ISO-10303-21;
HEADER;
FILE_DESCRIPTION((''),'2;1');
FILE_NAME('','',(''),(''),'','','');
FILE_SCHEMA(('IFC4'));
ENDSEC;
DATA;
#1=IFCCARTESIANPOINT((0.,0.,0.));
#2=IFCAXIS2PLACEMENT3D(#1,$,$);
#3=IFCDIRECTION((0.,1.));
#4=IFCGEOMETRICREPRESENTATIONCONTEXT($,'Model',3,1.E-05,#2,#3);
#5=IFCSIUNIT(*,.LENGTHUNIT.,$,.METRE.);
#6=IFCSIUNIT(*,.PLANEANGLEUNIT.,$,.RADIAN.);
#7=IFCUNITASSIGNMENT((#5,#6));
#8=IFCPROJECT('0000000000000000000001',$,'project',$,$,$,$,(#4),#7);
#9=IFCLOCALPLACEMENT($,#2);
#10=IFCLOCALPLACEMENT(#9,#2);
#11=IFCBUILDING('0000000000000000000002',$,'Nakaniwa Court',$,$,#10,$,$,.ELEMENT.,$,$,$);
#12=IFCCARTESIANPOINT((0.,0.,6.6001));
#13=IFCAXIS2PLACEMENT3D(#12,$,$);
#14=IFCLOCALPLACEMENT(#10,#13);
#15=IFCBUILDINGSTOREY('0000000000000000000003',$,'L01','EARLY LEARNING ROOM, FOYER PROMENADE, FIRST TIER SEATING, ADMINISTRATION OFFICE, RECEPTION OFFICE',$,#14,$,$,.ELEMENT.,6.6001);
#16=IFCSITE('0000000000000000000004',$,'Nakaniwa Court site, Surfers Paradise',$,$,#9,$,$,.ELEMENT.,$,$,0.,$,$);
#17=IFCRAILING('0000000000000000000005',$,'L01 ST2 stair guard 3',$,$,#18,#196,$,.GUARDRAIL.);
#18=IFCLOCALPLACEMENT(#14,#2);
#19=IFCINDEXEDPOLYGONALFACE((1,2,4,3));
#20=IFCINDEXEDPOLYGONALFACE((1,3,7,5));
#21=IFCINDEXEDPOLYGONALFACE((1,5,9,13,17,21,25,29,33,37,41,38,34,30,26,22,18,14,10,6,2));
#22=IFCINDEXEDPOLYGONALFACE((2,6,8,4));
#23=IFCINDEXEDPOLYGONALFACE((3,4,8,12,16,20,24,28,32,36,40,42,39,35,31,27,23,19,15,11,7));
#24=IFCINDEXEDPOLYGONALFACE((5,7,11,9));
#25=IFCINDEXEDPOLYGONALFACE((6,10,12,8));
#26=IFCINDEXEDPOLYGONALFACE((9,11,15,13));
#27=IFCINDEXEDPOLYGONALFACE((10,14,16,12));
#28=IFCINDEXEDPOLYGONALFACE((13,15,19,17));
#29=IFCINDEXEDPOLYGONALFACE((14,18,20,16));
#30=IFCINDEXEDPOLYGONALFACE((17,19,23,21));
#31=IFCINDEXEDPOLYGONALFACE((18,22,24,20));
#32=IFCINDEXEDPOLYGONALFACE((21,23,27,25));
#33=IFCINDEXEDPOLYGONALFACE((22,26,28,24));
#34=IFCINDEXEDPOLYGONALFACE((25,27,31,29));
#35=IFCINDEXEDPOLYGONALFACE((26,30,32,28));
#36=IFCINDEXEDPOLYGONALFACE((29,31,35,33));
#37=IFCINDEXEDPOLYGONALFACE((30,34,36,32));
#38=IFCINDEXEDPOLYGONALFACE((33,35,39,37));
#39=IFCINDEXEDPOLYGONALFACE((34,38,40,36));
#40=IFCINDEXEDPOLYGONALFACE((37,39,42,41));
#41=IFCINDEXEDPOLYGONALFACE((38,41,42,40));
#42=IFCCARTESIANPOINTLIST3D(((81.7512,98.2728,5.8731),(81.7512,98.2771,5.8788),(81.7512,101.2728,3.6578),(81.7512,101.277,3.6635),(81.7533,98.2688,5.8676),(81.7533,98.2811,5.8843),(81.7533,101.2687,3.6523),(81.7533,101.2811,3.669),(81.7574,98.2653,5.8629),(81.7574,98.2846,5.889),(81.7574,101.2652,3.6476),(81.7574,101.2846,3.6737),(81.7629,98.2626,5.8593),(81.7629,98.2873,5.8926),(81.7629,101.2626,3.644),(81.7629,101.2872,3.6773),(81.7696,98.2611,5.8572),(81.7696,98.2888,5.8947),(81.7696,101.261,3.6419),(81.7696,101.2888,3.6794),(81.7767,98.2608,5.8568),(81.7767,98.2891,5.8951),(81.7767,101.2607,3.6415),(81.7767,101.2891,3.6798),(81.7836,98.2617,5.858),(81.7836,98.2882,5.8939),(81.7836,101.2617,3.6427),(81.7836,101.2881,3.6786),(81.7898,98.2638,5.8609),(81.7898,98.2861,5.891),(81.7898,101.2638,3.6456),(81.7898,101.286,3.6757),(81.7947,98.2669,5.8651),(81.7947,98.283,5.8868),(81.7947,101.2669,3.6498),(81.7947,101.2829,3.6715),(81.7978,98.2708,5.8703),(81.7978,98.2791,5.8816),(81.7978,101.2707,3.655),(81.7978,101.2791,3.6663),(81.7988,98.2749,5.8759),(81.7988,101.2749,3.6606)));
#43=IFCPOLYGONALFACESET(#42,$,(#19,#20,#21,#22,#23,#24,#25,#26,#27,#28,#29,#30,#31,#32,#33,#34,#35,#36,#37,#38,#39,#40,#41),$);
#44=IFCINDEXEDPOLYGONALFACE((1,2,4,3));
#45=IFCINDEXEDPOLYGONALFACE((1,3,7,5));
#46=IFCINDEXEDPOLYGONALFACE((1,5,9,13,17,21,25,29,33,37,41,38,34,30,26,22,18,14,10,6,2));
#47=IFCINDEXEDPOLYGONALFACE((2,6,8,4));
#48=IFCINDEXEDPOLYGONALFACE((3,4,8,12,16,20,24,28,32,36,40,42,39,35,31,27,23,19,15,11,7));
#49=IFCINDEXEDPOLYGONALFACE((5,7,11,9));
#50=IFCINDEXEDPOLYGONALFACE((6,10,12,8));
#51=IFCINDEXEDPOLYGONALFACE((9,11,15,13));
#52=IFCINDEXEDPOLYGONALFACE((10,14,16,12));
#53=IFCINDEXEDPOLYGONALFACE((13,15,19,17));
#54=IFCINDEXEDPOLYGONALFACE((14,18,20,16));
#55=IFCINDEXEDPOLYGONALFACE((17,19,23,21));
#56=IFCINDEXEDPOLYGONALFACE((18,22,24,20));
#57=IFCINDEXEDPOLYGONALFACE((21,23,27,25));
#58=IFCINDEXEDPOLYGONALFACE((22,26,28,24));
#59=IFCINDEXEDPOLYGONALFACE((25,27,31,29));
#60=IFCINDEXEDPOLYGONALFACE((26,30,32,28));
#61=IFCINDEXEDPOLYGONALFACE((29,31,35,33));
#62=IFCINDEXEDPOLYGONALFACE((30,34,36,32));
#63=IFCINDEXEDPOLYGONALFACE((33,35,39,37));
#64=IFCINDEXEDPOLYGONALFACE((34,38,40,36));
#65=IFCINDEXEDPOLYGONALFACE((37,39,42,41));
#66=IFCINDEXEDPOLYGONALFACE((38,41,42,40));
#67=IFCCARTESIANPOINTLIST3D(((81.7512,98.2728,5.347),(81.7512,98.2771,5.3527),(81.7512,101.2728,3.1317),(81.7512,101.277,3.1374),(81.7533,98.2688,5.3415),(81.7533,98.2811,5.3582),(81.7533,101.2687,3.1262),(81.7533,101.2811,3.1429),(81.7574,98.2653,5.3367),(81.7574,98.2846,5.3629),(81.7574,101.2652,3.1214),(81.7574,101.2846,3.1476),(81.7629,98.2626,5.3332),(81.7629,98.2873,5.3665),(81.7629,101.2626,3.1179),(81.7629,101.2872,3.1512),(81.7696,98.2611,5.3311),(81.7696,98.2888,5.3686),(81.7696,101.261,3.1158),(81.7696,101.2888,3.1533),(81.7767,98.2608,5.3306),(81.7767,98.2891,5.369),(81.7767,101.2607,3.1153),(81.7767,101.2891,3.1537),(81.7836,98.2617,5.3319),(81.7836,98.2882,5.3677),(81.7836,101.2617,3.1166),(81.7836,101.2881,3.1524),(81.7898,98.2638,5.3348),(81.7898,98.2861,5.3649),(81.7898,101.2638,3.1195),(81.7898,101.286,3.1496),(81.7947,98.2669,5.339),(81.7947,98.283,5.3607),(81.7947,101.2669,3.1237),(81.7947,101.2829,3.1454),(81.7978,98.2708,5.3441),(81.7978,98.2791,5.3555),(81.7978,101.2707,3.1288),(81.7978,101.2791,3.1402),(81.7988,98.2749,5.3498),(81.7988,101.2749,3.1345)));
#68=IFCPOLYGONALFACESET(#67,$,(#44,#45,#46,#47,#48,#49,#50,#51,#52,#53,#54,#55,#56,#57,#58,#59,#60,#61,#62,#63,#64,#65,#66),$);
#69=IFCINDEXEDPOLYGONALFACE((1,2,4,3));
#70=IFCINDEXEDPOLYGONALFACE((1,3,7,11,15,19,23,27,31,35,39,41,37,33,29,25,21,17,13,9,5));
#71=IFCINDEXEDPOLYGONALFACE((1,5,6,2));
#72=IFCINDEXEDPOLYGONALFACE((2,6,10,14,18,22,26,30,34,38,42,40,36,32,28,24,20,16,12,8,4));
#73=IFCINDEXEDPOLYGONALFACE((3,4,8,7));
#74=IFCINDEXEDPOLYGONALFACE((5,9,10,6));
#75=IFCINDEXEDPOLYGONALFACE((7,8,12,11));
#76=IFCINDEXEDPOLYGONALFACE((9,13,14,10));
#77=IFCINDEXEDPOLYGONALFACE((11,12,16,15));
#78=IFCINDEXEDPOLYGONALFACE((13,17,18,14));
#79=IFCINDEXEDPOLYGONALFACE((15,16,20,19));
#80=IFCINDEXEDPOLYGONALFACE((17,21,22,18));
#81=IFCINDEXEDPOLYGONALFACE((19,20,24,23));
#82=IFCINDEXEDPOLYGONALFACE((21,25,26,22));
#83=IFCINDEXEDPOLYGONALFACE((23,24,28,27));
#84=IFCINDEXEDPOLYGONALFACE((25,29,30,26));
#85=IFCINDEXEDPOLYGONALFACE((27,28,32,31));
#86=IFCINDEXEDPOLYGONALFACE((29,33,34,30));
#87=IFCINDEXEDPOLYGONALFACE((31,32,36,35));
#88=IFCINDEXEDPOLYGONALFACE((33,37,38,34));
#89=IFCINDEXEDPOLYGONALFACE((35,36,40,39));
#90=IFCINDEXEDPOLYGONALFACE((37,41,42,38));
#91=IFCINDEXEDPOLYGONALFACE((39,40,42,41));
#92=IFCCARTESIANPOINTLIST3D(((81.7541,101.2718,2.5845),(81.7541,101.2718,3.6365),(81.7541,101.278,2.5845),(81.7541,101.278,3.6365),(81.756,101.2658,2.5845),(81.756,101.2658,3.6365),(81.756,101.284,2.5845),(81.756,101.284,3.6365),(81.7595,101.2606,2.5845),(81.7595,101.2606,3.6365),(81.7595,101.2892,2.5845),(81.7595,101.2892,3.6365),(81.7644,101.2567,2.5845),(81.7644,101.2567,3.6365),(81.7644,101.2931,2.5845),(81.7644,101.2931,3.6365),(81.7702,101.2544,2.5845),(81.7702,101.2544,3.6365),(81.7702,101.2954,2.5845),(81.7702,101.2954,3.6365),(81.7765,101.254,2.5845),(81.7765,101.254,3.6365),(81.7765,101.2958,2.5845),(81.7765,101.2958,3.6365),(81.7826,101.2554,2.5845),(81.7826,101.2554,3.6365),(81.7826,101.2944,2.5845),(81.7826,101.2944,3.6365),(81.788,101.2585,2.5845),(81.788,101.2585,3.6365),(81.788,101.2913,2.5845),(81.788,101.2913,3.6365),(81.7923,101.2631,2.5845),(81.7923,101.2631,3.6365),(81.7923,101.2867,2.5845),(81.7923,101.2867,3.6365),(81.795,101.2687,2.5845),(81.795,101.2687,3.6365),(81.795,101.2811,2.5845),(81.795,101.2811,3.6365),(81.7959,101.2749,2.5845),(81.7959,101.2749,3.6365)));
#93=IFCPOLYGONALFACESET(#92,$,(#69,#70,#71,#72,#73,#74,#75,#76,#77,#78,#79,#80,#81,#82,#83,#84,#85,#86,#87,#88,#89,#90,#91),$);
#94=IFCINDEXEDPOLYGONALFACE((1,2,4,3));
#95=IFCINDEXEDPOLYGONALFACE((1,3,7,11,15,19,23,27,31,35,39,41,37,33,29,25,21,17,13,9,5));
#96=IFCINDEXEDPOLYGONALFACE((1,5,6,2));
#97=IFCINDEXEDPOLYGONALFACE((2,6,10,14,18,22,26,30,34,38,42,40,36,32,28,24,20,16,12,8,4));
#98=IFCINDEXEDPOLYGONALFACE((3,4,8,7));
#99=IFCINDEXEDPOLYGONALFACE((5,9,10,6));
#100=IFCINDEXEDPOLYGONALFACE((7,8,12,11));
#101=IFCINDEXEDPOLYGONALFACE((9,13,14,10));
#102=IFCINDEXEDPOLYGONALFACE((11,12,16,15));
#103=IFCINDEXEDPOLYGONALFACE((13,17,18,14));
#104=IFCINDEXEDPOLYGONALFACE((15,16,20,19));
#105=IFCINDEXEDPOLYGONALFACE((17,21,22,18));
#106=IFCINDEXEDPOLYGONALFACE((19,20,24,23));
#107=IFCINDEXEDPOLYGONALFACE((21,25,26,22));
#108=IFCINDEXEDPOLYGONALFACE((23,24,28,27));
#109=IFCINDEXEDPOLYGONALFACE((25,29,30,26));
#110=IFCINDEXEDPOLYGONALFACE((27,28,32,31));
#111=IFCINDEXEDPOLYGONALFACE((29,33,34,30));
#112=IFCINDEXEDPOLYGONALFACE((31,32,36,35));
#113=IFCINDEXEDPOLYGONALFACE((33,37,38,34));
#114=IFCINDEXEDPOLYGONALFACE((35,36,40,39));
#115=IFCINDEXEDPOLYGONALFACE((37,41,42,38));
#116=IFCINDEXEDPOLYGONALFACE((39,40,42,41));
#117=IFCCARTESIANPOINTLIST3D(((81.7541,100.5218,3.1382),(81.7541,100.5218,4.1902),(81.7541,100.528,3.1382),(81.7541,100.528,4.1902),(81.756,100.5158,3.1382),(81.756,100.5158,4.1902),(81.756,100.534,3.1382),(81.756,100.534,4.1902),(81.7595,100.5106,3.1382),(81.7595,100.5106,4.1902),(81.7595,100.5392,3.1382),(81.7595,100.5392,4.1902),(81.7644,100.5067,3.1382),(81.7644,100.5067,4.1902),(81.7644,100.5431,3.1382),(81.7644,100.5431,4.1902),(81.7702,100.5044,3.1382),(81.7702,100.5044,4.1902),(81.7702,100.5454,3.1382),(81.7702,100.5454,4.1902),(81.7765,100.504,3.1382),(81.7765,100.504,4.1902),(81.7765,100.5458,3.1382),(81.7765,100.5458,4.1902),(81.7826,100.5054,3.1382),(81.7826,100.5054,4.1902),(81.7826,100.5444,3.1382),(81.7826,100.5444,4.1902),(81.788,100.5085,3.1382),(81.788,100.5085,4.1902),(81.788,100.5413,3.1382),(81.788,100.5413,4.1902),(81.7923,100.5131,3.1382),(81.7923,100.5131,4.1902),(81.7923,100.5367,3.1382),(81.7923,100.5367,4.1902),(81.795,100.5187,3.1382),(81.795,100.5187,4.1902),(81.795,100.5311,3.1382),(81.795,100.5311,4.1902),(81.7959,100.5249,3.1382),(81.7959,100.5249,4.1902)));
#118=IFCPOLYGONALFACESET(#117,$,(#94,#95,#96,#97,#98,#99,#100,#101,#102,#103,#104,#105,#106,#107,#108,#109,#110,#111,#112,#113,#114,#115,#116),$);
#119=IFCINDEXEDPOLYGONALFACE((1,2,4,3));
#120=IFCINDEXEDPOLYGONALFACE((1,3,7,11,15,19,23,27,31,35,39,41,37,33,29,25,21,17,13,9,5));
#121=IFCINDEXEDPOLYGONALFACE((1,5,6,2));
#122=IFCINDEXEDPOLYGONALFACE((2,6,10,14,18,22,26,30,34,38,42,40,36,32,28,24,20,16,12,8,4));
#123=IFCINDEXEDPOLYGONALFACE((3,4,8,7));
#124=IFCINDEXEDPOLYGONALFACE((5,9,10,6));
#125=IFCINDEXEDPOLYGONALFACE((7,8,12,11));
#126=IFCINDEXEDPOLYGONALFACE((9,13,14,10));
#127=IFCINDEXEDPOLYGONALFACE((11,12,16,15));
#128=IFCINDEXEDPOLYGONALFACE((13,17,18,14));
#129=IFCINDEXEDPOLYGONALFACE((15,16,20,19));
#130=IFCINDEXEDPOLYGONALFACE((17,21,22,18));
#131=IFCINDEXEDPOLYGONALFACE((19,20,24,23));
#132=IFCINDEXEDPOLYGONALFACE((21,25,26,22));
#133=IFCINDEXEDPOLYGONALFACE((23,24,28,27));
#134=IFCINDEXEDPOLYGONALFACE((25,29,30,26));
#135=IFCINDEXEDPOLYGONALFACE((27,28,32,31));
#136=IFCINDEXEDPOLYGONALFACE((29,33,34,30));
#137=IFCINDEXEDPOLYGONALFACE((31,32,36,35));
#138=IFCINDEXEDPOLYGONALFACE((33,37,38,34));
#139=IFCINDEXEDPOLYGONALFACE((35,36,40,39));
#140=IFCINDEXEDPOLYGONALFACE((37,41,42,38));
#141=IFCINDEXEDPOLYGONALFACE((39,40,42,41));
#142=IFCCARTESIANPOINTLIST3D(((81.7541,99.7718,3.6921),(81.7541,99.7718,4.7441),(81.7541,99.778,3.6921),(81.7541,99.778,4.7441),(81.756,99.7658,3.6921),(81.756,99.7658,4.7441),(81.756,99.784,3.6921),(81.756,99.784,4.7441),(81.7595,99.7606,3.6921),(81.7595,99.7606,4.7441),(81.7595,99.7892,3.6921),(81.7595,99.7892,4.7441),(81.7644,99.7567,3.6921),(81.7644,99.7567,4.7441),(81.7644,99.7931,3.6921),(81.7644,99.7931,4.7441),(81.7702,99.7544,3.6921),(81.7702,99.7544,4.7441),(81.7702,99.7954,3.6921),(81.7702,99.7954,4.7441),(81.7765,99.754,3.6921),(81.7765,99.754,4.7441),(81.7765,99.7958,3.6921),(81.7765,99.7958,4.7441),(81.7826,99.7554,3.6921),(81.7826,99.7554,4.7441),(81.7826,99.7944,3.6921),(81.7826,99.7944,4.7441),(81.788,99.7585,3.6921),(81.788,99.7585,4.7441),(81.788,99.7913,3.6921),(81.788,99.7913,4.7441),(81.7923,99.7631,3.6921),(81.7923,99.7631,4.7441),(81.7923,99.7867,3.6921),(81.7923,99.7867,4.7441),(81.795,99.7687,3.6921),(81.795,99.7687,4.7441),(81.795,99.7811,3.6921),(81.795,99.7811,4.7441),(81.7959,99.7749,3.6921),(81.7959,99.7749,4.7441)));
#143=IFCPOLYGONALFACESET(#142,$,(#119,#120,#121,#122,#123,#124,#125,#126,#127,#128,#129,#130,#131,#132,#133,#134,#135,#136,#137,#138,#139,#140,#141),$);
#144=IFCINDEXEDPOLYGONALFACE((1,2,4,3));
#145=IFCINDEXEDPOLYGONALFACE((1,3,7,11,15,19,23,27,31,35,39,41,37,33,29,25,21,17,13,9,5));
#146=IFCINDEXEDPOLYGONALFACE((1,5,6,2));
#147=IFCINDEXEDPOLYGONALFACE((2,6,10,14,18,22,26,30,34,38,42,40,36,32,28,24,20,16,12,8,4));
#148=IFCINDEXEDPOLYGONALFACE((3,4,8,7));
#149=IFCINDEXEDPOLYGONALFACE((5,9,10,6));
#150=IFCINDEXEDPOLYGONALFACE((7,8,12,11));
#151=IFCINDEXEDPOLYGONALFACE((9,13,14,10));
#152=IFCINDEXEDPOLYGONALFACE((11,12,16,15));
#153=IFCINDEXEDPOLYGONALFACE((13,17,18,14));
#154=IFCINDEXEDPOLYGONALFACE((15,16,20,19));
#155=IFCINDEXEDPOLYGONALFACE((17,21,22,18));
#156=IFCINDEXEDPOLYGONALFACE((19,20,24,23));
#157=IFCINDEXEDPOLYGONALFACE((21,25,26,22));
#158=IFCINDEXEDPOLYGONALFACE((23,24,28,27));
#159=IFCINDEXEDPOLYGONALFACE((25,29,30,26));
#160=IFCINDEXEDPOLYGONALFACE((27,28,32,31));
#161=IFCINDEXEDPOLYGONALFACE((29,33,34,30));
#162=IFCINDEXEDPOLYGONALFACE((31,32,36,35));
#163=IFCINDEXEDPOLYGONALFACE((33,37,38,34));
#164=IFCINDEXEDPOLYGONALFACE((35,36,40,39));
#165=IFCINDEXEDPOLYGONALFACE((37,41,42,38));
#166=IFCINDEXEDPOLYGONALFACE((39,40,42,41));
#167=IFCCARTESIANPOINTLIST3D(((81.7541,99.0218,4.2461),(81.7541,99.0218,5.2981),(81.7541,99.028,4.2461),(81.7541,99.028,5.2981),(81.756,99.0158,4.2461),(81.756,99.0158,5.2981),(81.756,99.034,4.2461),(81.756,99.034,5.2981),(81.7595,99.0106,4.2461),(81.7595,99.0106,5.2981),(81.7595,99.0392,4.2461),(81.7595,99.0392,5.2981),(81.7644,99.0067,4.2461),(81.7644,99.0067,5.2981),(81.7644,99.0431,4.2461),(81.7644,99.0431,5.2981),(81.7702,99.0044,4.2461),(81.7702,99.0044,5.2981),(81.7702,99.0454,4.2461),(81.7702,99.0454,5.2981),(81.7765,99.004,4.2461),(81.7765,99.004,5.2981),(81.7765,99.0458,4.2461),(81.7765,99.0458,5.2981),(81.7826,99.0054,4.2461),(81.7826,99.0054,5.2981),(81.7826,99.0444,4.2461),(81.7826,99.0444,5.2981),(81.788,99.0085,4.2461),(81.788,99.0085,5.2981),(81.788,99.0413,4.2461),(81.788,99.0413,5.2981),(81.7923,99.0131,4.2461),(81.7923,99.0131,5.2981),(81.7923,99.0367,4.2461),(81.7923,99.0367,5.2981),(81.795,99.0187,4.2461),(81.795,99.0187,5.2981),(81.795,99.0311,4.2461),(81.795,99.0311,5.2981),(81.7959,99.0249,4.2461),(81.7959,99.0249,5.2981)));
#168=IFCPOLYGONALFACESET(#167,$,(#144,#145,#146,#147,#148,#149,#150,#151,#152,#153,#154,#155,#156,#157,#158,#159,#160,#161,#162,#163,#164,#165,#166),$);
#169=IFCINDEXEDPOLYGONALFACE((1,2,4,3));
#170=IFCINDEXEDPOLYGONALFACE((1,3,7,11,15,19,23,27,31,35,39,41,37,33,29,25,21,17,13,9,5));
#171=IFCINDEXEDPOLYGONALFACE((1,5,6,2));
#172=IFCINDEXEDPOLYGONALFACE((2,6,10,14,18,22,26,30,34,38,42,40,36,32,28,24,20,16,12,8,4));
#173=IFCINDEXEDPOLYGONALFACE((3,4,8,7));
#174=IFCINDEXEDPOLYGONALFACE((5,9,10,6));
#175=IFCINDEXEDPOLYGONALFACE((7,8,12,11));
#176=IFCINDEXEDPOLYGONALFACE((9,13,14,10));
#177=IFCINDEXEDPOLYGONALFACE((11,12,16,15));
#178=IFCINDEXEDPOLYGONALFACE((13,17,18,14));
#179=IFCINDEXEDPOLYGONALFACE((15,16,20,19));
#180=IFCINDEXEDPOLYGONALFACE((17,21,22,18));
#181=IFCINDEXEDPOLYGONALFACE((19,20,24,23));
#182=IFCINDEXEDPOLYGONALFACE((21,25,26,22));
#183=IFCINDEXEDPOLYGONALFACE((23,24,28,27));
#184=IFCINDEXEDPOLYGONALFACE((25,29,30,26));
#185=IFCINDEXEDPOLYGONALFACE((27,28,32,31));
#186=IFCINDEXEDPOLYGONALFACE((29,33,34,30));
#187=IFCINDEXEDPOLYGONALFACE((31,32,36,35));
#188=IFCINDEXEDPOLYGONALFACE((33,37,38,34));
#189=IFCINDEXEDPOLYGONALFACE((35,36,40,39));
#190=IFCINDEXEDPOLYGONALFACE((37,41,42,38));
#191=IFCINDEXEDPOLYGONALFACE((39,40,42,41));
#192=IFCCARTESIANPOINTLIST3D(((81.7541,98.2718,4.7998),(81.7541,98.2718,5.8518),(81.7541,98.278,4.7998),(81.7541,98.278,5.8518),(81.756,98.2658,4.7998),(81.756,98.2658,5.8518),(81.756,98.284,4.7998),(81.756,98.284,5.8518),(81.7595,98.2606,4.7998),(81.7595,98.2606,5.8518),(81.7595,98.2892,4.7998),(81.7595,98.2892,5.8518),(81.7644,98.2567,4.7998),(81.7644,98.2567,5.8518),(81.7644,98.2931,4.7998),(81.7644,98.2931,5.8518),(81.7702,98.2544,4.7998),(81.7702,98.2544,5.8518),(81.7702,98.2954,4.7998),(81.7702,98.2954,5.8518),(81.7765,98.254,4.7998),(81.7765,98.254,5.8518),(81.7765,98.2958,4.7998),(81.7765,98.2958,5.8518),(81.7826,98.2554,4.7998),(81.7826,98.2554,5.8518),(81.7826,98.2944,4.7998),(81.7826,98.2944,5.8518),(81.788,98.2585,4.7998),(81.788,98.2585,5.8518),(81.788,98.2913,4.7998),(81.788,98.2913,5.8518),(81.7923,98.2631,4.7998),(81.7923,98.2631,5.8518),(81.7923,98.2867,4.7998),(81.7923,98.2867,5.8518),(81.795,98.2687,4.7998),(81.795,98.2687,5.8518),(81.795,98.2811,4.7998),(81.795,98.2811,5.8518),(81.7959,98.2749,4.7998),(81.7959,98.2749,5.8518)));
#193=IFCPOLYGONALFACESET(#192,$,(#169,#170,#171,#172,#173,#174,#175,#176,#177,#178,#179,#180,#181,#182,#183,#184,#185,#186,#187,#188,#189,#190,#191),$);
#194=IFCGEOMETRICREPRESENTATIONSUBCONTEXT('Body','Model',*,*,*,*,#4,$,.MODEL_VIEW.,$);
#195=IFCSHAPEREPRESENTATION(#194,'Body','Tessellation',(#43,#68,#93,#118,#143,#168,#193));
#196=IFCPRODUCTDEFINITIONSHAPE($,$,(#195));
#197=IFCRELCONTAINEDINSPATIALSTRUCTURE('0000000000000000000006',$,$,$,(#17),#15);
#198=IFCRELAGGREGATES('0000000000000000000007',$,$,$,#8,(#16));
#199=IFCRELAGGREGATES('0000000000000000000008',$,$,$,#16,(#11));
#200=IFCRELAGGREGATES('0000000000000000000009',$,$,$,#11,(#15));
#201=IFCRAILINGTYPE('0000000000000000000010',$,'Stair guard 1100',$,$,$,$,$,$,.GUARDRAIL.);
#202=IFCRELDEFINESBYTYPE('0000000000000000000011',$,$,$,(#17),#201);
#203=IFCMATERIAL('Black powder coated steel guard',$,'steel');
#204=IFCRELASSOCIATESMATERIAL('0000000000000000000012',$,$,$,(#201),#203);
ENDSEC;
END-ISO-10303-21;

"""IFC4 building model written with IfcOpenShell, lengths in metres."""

from ifc_helpers import new_model, si_unit, direction, frame, origin, origin_2d, place, context, subcontext, project, spatial, circle, extrude, material, type_object, element, save


model = new_model("IFC4")

# Units and contexts
model_context = context("Model", 3, precision=1e-05, world=origin(), true_north=direction((0.0, 1.0)))
body_context = subcontext(model_context, "Body", "Model", "MODEL_VIEW")
ifc_project = project(units=[si_unit("LENGTHUNIT", "METRE"), si_unit("PLANEANGLEUNIT", "RADIAN")], contexts=[model_context])

# Site, building, storey
site_placement = place(None, origin())
site = spatial("IfcSite", under=ifc_project, at=site_placement, Name="Nakaniwa Court site, Surfers Paradise", CompositionType="ELEMENT", RefElevation=0.0)
building_placement = place(site_placement, origin())
building = spatial("IfcBuilding", under=site, at=building_placement, Name="Nakaniwa Court", CompositionType="ELEMENT")
storey_placement = place(building_placement, frame((0.0, 0.0, 6.6001)))
storey = spatial("IfcBuildingStorey", under=building, at=storey_placement, Name="L01", Description="EARLY LEARNING ROOM, FOYER PROMENADE, FIRST TIER SEATING, ADMINISTRATION OFFICE, RECEPTION OFFICE", CompositionType="ELEMENT", Elevation=6.6001)

# Railing
ifc_material_1 = material(Name="Black powder coated steel guard", Category="steel")
railing_type = type_object("IfcRailingType", Name="Stair guard 1100", PredefinedType="GUARDRAIL", material=ifc_material_1)
railing_1_placement = place(storey_placement, frame((81.7749, 101.2749, 2.5845)))
element("IfcRailing", 1, at=railing_1_placement, inside=storey, type_object=railing_type, Name="L01 ST2 stair guard 3", PredefinedType="GUARDRAIL", context=body_context, shape_type="SweptSolid", body=[
    extrude(circle(Radius=0.0239, at=origin_2d()), frame((0.0, 0.0, 1.0762), z_axis=(0.0, -0.80444, 0.594034), x_axis=(1.0, 0.0, 0.0)), (0.0, 0.0, 1.0), 3.7292),
    extrude(circle(Radius=0.0239, at=origin_2d()), frame((0.0, 0.0, 0.55), z_axis=(0.0, -0.80444, 0.594034), x_axis=(1.0, 0.0, 0.0)), (0.0, 0.0, 1.0), 3.7292),
    extrude(circle(Radius=0.021, at=origin_2d()), origin(), (0.0, 0.0, 1.0), 1.052),
    extrude(circle(Radius=0.021, at=origin_2d()), frame((0.0, -0.75, 0.5537)), (0.0, 0.0, 1.0), 1.052),
    extrude(circle(Radius=0.021, at=origin_2d()), frame((0.0, -1.5, 1.1077)), (0.0, 0.0, 1.0), 1.052),
    extrude(circle(Radius=0.021, at=origin_2d()), frame((0.0, -2.25, 1.6616)), (0.0, 0.0, 1.0), 1.052),
    extrude(circle(Radius=0.021, at=origin_2d()), frame((0.0, -3.0, 2.2153)), (0.0, 0.0, 1.0), 1.052),
])

save(model, "model.ifc")
